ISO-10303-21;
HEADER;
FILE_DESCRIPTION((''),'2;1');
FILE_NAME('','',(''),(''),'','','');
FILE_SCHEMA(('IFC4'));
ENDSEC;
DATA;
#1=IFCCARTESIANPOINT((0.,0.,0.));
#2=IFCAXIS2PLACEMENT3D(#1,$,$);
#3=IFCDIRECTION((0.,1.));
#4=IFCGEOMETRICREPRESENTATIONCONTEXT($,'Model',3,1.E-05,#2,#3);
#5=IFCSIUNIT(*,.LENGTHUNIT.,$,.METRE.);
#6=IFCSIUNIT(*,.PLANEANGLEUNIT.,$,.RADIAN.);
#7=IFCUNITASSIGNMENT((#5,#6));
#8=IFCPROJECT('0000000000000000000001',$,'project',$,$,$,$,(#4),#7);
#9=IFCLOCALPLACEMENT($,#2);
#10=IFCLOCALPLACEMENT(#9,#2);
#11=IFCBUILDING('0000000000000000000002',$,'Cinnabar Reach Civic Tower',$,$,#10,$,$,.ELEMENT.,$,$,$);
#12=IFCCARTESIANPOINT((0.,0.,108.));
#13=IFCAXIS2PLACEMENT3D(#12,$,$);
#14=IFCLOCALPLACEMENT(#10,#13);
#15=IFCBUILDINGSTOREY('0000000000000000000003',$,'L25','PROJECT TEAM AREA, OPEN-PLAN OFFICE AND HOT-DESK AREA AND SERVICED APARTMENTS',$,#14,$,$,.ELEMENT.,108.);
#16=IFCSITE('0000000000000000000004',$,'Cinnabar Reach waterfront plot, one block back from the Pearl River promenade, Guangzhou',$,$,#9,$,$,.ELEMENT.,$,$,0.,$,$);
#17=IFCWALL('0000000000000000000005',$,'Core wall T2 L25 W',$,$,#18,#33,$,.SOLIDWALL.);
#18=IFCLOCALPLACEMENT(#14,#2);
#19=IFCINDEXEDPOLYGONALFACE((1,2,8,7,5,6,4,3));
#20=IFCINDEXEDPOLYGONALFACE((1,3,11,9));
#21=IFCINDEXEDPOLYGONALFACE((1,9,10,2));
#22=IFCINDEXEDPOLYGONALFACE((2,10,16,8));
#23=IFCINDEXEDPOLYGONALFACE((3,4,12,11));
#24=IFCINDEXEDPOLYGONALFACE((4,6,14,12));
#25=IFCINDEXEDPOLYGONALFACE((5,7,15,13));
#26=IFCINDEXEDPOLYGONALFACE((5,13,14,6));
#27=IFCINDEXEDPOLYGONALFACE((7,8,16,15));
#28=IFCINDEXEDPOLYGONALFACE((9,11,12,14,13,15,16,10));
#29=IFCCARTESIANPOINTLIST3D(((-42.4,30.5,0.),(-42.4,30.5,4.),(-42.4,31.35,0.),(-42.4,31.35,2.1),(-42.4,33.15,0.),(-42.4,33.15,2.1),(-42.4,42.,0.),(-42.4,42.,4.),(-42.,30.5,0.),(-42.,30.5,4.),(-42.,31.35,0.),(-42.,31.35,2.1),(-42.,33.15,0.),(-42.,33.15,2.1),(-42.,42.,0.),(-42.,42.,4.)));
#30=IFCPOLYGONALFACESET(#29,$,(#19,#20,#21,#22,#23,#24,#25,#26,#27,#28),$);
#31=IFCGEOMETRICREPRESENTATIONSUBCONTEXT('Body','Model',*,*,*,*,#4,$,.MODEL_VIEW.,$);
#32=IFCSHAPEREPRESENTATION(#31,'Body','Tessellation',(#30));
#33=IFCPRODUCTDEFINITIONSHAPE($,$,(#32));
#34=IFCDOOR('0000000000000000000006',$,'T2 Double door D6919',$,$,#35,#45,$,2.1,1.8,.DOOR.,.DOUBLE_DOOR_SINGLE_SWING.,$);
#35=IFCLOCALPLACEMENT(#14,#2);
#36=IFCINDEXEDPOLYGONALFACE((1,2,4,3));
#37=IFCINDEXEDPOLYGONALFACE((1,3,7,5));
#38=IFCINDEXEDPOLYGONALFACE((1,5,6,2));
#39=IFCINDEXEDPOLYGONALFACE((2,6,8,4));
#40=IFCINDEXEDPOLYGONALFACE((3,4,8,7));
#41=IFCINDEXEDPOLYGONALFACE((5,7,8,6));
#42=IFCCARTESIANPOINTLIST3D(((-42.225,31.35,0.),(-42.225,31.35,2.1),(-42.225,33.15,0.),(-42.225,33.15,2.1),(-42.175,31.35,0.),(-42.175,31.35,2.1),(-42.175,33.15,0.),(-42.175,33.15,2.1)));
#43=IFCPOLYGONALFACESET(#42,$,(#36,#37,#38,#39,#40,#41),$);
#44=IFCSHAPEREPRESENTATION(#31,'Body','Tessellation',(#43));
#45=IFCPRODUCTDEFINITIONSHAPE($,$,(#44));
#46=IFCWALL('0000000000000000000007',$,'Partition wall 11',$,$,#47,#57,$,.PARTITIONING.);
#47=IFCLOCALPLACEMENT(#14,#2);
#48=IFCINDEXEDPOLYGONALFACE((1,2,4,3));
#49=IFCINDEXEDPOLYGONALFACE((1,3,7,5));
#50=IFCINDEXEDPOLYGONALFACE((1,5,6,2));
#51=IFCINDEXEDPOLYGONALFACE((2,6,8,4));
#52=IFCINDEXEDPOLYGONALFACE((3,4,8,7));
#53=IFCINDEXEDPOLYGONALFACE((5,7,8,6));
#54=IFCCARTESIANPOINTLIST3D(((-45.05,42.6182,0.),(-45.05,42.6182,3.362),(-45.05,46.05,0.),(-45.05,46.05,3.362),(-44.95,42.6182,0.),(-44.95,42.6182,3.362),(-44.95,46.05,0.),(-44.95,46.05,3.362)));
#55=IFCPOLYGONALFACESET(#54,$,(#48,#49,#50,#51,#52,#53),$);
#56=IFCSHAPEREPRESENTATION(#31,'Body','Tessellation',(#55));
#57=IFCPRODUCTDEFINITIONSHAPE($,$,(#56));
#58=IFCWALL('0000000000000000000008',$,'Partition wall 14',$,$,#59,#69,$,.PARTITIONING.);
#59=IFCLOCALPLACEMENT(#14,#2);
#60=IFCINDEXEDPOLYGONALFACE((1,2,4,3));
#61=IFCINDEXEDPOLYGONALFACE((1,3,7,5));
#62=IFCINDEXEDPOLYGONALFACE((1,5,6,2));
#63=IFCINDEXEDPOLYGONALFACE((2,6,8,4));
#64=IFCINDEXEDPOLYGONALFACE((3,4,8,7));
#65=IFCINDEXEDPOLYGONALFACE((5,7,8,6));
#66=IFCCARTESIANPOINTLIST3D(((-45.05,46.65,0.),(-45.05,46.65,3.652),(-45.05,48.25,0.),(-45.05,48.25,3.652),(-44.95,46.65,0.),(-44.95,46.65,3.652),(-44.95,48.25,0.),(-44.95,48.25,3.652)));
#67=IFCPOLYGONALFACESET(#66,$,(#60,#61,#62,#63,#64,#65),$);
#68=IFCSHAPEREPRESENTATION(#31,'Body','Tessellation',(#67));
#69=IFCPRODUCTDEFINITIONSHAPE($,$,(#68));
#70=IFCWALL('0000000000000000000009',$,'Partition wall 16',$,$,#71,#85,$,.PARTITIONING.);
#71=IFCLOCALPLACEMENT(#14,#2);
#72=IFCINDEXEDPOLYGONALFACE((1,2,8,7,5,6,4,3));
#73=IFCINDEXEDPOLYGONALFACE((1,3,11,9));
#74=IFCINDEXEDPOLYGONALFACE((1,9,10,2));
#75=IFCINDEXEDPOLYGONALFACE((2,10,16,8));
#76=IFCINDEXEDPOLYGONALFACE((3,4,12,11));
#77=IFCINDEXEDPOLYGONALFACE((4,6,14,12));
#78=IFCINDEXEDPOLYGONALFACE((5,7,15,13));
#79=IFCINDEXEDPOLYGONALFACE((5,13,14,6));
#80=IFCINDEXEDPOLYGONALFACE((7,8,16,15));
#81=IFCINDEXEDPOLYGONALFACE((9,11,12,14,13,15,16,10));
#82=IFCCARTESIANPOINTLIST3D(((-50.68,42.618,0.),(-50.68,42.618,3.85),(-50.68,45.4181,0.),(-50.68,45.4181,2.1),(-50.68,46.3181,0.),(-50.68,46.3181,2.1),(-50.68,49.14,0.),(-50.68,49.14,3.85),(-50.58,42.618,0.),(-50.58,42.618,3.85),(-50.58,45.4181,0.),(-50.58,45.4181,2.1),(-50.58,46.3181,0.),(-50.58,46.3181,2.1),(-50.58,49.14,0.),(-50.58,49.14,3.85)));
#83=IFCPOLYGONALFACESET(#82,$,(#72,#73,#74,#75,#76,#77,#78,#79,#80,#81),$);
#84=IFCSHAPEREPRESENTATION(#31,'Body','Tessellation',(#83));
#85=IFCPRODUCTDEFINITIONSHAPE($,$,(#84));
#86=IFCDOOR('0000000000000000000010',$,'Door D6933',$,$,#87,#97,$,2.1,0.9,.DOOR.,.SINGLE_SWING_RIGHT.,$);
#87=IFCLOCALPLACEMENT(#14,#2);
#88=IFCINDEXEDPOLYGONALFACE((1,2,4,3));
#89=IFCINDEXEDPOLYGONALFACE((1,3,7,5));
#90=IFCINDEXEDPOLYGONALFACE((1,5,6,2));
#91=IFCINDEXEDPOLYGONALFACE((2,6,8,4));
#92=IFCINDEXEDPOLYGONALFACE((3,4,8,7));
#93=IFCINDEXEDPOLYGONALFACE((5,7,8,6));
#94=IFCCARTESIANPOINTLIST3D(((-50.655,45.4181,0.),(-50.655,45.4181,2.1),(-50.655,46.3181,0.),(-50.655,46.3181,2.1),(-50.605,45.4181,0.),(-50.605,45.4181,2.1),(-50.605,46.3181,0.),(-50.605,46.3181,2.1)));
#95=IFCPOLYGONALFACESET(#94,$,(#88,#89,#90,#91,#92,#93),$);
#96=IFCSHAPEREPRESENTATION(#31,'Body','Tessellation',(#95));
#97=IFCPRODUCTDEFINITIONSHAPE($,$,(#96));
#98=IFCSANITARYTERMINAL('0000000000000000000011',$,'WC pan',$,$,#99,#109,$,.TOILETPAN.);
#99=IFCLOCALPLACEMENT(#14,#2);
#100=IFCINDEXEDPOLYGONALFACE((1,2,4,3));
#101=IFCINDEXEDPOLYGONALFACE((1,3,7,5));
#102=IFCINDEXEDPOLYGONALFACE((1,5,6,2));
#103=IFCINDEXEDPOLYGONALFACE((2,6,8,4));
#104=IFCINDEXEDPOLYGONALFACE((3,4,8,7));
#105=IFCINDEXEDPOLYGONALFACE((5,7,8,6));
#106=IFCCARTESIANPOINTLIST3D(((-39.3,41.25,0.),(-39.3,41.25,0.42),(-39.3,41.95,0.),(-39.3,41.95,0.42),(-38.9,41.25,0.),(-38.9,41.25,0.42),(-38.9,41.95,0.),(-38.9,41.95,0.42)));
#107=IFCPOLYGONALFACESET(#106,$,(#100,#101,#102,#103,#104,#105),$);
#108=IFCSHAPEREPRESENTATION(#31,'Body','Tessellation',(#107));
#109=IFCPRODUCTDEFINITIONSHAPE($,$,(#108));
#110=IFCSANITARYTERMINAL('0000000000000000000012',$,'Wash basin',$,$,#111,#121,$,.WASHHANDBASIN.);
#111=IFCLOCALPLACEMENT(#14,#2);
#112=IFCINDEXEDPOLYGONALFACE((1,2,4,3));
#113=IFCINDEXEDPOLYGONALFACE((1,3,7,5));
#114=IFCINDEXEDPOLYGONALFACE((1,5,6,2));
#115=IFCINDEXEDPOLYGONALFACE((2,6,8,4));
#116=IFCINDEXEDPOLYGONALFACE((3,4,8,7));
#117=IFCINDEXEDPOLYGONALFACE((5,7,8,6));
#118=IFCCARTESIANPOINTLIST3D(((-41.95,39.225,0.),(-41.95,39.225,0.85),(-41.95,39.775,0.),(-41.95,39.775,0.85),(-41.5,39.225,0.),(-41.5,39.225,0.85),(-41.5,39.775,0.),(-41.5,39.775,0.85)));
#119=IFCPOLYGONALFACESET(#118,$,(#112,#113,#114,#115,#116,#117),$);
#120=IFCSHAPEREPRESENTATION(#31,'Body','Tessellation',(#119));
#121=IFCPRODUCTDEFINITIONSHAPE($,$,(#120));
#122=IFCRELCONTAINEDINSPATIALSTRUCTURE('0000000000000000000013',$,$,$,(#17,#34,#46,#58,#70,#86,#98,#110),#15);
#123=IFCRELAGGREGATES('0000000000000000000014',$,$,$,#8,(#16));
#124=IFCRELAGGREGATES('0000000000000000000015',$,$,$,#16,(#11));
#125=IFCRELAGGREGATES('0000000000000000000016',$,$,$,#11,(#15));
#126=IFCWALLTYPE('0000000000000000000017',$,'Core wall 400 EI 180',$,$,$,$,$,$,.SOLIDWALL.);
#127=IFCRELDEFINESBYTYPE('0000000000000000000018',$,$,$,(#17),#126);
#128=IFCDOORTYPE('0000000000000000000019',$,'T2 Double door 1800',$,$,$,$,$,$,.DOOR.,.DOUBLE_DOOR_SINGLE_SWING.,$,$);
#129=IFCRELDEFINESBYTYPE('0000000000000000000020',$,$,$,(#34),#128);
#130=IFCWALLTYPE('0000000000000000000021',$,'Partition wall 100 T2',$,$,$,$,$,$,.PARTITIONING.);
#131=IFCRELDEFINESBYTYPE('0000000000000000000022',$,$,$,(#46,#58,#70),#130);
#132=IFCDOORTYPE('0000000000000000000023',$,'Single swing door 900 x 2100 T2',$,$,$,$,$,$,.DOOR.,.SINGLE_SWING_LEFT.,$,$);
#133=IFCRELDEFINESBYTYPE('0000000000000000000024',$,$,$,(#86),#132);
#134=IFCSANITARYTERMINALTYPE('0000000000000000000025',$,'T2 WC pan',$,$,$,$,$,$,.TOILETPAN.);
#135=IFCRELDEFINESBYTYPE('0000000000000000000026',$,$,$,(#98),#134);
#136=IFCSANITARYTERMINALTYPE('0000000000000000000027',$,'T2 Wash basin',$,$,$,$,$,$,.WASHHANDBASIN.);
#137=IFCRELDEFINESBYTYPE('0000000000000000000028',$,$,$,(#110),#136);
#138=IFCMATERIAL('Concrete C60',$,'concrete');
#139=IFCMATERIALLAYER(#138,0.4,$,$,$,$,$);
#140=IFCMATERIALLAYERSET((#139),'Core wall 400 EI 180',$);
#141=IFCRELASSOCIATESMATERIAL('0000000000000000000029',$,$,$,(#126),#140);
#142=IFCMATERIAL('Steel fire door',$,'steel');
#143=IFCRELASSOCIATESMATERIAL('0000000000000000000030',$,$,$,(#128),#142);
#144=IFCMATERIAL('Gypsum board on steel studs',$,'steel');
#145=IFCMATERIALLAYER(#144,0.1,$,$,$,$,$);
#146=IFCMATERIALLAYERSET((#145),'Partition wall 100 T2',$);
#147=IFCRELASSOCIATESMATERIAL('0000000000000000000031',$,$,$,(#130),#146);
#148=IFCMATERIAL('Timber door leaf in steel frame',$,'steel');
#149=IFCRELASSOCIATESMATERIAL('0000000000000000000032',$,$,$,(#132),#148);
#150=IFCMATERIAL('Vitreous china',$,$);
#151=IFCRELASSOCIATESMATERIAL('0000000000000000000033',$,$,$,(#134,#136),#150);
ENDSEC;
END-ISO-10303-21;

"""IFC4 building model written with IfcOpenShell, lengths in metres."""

from ifc_helpers import new_model, si_unit, direction, frame, frame_2d, origin, origin_2d, place, context, subcontext, project, spatial, rectangle, extrude, material, layer, layer_set, type_object, element, fill, save


model = new_model("IFC4")

# Units and contexts
model_context = context("Model", 3, precision=1e-05, world=origin(), true_north=direction((0.0, 1.0)))
body_context = subcontext(model_context, "Body", "Model", "MODEL_VIEW")
ifc_project = project(units=[si_unit("LENGTHUNIT", "METRE"), si_unit("PLANEANGLEUNIT", "RADIAN")], contexts=[model_context])

# Site, building, storey
site_placement = place(None, origin())
site = spatial("IfcSite", under=ifc_project, at=site_placement, Name="Cinnabar Reach waterfront plot, one block back from the Pearl River promenade, Guangzhou", CompositionType="ELEMENT", RefElevation=0.0)
building_placement = place(site_placement, origin())
building = spatial("IfcBuilding", under=site, at=building_placement, Name="Cinnabar Reach Civic Tower", CompositionType="ELEMENT")
storey_placement = place(building_placement, frame((0.0, 0.0, 108.0)))
storey = spatial("IfcBuildingStorey", under=building, at=storey_placement, Name="L25", Description="PROJECT TEAM AREA, OPEN-PLAN OFFICE AND HOT-DESK AREA AND SERVICED APARTMENTS", CompositionType="ELEMENT", Elevation=108.0)

# Shared definitions
ifc_material_1 = material(Name="Concrete C60", Category="concrete")

# Wall, opening, door
ifc_layer_1 = layer(ifc_material_1, 0.4)
ifc_layer_set_1 = layer_set([ifc_layer_1], Name="Core wall 400 EI 180")
wall_type_1 = type_object("IfcWallType", Name="Core wall 400 EI 180", PredefinedType="SOLIDWALL", material=ifc_layer_set_1)
wall_1_placement = place(storey_placement, frame((-42.2, 42.0, 0.0), z_axis=(0.0, 0.0, 1.0), x_axis=(0.0, -1.0, 0.0)))
wall_1 = element("IfcWall", 1, at=wall_1_placement, inside=storey, type_object=wall_type_1, Name="Core wall T2 L25 W", PredefinedType="SOLIDWALL", context=body_context, shape_type="SweptSolid", body=[
    extrude(rectangle(XDim=11.5, YDim=0.4, at=frame_2d((5.75, 0.0))), origin(), (0.0, 0.0, 1.0), 4.0),
])
opening_1_placement = place(wall_1_placement, frame((8.85, 0.0, 0.0)))
opening_1 = element("IfcOpeningElement", 2, at=opening_1_placement, cuts=wall_1, PredefinedType="OPENING", context=body_context, shape_type="SweptSolid", body=[
    extrude(rectangle(XDim=1.8, YDim=2.1, at=frame_2d((0.9, 1.05))), frame((0.0, 0.21, 0.0), z_axis=(0.0, -1.0, 0.0), x_axis=(1.0, 0.0, 0.0)), (0.0, 0.0, 1.0), 0.42),
])
ifc_material_2 = material(Name="Steel fire door", Category="steel")
door_type_1 = type_object("IfcDoorType", Name="T2 Double door 1800", OperationType="DOUBLE_DOOR_SINGLE_SWING", PredefinedType="DOOR", material=ifc_material_2)
door_1_placement = place(opening_1_placement, frame((1.8, 0.0, 0.0), z_axis=(0.0, 0.0, 1.0), x_axis=(-1.0, 0.0, 0.0)))
door_1 = element("IfcDoor", 3, at=door_1_placement, inside=storey, type_object=door_type_1, Name="T2 Double door D6919", OperationType="DOUBLE_DOOR_SINGLE_SWING", OverallHeight=2.1, OverallWidth=1.8, PredefinedType="DOOR", context=body_context, shape_type="SweptSolid", body=[
    extrude(rectangle(XDim=1.8, YDim=2.1, at=frame_2d((0.9, 1.05))), frame((0.0, 0.025, 0.0), z_axis=(0.0, -1.0, 0.0), x_axis=(1.0, 0.0, 0.0)), (0.0, 0.0, 1.0), 0.05),
])
fill(opening_1, door_1)

# Walls
ifc_material_3 = material(Name="Gypsum board on steel studs", Category="steel")
ifc_layer_2 = layer(ifc_material_3, 0.1)
ifc_layer_set_2 = layer_set([ifc_layer_2], Name="Partition wall 100 T2")
wall_type_2 = type_object("IfcWallType", Name="Partition wall 100 T2", PredefinedType="PARTITIONING", material=ifc_layer_set_2)
wall_2_placement = place(storey_placement, frame((-45.0, 42.6181, 0.0), z_axis=(0.0, 0.0, 1.0), x_axis=(0.0, 1.0, 0.0)))
element("IfcWall", 4, at=wall_2_placement, inside=storey, type_object=wall_type_2, Name="Partition wall 11", PredefinedType="PARTITIONING", context=body_context, shape_type="SweptSolid", body=[
    extrude(rectangle(XDim=3.4319, YDim=0.1, at=frame_2d((1.716, 0.0))), origin(), (0.0, 0.0, 1.0), 3.362),
])
wall_3_placement = place(storey_placement, frame((-45.0, 46.65, 0.0), z_axis=(0.0, 0.0, 1.0), x_axis=(0.0, 1.0, 0.0)))
element("IfcWall", 5, at=wall_3_placement, inside=storey, type_object=wall_type_2, Name="Partition wall 14", PredefinedType="PARTITIONING", context=body_context, shape_type="SweptSolid", body=[
    extrude(rectangle(XDim=1.6, YDim=0.1, at=frame_2d((0.8, 0.0))), origin(), (0.0, 0.0, 1.0), 3.652),
])

# Wall, opening, door
wall_4_placement = place(storey_placement, frame((-50.63, 42.6181, 0.0), z_axis=(0.0, 0.0, 1.0), x_axis=(0.0, 1.0, 0.0)))
wall_4 = element("IfcWall", 6, at=wall_4_placement, inside=storey, type_object=wall_type_2, Name="Partition wall 16", PredefinedType="PARTITIONING", context=body_context, shape_type="SweptSolid", body=[
    extrude(rectangle(XDim=6.5219, YDim=0.1, at=frame_2d((3.2609, 0.0))), origin(), (0.0, 0.0, 1.0), 3.85),
])
opening_2_placement = place(wall_4_placement, frame((2.8, 0.0, 0.0)))
opening_2 = element("IfcOpeningElement", 7, at=opening_2_placement, cuts=wall_4, PredefinedType="OPENING", context=body_context, shape_type="SweptSolid", body=[
    extrude(rectangle(XDim=0.9, YDim=2.1, at=frame_2d((0.45, 1.05))), frame((0.0, 0.06, 0.0), z_axis=(0.0, -1.0, 0.0), x_axis=(1.0, 0.0, 0.0)), (0.0, 0.0, 1.0), 0.12),
])
ifc_material_4 = material(Name="Timber door leaf in steel frame", Category="steel")
door_type_2 = type_object("IfcDoorType", Name="Single swing door 900 x 2100 T2", OperationType="SINGLE_SWING_LEFT", PredefinedType="DOOR", material=ifc_material_4)
door_2_placement = place(opening_2_placement, frame((0.9, 0.0, 0.0), z_axis=(0.0, 0.0, 1.0), x_axis=(-1.0, 0.0, 0.0)))
door_2 = element("IfcDoor", 8, at=door_2_placement, inside=storey, type_object=door_type_2, Name="Door D6933", OperationType="SINGLE_SWING_RIGHT", OverallHeight=2.1, OverallWidth=0.9, PredefinedType="DOOR", context=body_context, shape_type="SweptSolid", body=[
    extrude(rectangle(XDim=0.9, YDim=2.1, at=frame_2d((0.45, 1.05))), frame((0.0, 0.025, 0.0), z_axis=(0.0, -1.0, 0.0), x_axis=(1.0, 0.0, 0.0)), (0.0, 0.0, 1.0), 0.05),
])
fill(opening_2, door_2)

# Sanitary terminals
ifc_material_5 = material(Name="Vitreous china")
sanitary_terminal_type_1 = type_object("IfcSanitaryTerminalType", Name="T2 WC pan", PredefinedType="TOILETPAN", material=ifc_material_5)
sanitary_terminal_1_placement = place(storey_placement, frame((-39.1, 41.6, 0.0), z_axis=(0.0, 0.0, 1.0), x_axis=(1.0, 0.0, 0.0)))
element("IfcSanitaryTerminal", 9, at=sanitary_terminal_1_placement, inside=storey, type_object=sanitary_terminal_type_1, Name="WC pan", PredefinedType="TOILETPAN", context=body_context, shape_type="SweptSolid", body=[
    extrude(rectangle(XDim=0.4, YDim=0.7, at=origin_2d()), origin(), (0.0, 0.0, 1.0), 0.42),
])
sanitary_terminal_type_2 = type_object("IfcSanitaryTerminalType", Name="T2 Wash basin", PredefinedType="WASHHANDBASIN", material=ifc_material_5)
sanitary_terminal_2_placement = place(storey_placement, frame((-41.725, 39.5, 0.0), z_axis=(0.0, 0.0, 1.0), x_axis=(1.0, 0.0, 0.0)))
element("IfcSanitaryTerminal", 10, at=sanitary_terminal_2_placement, inside=storey, type_object=sanitary_terminal_type_2, Name="Wash basin", PredefinedType="WASHHANDBASIN", context=body_context, shape_type="SweptSolid", body=[
    extrude(rectangle(XDim=0.45, YDim=0.55, at=origin_2d()), origin(), (0.0, 0.0, 1.0), 0.85),
])

save(model, "model.ifc")
